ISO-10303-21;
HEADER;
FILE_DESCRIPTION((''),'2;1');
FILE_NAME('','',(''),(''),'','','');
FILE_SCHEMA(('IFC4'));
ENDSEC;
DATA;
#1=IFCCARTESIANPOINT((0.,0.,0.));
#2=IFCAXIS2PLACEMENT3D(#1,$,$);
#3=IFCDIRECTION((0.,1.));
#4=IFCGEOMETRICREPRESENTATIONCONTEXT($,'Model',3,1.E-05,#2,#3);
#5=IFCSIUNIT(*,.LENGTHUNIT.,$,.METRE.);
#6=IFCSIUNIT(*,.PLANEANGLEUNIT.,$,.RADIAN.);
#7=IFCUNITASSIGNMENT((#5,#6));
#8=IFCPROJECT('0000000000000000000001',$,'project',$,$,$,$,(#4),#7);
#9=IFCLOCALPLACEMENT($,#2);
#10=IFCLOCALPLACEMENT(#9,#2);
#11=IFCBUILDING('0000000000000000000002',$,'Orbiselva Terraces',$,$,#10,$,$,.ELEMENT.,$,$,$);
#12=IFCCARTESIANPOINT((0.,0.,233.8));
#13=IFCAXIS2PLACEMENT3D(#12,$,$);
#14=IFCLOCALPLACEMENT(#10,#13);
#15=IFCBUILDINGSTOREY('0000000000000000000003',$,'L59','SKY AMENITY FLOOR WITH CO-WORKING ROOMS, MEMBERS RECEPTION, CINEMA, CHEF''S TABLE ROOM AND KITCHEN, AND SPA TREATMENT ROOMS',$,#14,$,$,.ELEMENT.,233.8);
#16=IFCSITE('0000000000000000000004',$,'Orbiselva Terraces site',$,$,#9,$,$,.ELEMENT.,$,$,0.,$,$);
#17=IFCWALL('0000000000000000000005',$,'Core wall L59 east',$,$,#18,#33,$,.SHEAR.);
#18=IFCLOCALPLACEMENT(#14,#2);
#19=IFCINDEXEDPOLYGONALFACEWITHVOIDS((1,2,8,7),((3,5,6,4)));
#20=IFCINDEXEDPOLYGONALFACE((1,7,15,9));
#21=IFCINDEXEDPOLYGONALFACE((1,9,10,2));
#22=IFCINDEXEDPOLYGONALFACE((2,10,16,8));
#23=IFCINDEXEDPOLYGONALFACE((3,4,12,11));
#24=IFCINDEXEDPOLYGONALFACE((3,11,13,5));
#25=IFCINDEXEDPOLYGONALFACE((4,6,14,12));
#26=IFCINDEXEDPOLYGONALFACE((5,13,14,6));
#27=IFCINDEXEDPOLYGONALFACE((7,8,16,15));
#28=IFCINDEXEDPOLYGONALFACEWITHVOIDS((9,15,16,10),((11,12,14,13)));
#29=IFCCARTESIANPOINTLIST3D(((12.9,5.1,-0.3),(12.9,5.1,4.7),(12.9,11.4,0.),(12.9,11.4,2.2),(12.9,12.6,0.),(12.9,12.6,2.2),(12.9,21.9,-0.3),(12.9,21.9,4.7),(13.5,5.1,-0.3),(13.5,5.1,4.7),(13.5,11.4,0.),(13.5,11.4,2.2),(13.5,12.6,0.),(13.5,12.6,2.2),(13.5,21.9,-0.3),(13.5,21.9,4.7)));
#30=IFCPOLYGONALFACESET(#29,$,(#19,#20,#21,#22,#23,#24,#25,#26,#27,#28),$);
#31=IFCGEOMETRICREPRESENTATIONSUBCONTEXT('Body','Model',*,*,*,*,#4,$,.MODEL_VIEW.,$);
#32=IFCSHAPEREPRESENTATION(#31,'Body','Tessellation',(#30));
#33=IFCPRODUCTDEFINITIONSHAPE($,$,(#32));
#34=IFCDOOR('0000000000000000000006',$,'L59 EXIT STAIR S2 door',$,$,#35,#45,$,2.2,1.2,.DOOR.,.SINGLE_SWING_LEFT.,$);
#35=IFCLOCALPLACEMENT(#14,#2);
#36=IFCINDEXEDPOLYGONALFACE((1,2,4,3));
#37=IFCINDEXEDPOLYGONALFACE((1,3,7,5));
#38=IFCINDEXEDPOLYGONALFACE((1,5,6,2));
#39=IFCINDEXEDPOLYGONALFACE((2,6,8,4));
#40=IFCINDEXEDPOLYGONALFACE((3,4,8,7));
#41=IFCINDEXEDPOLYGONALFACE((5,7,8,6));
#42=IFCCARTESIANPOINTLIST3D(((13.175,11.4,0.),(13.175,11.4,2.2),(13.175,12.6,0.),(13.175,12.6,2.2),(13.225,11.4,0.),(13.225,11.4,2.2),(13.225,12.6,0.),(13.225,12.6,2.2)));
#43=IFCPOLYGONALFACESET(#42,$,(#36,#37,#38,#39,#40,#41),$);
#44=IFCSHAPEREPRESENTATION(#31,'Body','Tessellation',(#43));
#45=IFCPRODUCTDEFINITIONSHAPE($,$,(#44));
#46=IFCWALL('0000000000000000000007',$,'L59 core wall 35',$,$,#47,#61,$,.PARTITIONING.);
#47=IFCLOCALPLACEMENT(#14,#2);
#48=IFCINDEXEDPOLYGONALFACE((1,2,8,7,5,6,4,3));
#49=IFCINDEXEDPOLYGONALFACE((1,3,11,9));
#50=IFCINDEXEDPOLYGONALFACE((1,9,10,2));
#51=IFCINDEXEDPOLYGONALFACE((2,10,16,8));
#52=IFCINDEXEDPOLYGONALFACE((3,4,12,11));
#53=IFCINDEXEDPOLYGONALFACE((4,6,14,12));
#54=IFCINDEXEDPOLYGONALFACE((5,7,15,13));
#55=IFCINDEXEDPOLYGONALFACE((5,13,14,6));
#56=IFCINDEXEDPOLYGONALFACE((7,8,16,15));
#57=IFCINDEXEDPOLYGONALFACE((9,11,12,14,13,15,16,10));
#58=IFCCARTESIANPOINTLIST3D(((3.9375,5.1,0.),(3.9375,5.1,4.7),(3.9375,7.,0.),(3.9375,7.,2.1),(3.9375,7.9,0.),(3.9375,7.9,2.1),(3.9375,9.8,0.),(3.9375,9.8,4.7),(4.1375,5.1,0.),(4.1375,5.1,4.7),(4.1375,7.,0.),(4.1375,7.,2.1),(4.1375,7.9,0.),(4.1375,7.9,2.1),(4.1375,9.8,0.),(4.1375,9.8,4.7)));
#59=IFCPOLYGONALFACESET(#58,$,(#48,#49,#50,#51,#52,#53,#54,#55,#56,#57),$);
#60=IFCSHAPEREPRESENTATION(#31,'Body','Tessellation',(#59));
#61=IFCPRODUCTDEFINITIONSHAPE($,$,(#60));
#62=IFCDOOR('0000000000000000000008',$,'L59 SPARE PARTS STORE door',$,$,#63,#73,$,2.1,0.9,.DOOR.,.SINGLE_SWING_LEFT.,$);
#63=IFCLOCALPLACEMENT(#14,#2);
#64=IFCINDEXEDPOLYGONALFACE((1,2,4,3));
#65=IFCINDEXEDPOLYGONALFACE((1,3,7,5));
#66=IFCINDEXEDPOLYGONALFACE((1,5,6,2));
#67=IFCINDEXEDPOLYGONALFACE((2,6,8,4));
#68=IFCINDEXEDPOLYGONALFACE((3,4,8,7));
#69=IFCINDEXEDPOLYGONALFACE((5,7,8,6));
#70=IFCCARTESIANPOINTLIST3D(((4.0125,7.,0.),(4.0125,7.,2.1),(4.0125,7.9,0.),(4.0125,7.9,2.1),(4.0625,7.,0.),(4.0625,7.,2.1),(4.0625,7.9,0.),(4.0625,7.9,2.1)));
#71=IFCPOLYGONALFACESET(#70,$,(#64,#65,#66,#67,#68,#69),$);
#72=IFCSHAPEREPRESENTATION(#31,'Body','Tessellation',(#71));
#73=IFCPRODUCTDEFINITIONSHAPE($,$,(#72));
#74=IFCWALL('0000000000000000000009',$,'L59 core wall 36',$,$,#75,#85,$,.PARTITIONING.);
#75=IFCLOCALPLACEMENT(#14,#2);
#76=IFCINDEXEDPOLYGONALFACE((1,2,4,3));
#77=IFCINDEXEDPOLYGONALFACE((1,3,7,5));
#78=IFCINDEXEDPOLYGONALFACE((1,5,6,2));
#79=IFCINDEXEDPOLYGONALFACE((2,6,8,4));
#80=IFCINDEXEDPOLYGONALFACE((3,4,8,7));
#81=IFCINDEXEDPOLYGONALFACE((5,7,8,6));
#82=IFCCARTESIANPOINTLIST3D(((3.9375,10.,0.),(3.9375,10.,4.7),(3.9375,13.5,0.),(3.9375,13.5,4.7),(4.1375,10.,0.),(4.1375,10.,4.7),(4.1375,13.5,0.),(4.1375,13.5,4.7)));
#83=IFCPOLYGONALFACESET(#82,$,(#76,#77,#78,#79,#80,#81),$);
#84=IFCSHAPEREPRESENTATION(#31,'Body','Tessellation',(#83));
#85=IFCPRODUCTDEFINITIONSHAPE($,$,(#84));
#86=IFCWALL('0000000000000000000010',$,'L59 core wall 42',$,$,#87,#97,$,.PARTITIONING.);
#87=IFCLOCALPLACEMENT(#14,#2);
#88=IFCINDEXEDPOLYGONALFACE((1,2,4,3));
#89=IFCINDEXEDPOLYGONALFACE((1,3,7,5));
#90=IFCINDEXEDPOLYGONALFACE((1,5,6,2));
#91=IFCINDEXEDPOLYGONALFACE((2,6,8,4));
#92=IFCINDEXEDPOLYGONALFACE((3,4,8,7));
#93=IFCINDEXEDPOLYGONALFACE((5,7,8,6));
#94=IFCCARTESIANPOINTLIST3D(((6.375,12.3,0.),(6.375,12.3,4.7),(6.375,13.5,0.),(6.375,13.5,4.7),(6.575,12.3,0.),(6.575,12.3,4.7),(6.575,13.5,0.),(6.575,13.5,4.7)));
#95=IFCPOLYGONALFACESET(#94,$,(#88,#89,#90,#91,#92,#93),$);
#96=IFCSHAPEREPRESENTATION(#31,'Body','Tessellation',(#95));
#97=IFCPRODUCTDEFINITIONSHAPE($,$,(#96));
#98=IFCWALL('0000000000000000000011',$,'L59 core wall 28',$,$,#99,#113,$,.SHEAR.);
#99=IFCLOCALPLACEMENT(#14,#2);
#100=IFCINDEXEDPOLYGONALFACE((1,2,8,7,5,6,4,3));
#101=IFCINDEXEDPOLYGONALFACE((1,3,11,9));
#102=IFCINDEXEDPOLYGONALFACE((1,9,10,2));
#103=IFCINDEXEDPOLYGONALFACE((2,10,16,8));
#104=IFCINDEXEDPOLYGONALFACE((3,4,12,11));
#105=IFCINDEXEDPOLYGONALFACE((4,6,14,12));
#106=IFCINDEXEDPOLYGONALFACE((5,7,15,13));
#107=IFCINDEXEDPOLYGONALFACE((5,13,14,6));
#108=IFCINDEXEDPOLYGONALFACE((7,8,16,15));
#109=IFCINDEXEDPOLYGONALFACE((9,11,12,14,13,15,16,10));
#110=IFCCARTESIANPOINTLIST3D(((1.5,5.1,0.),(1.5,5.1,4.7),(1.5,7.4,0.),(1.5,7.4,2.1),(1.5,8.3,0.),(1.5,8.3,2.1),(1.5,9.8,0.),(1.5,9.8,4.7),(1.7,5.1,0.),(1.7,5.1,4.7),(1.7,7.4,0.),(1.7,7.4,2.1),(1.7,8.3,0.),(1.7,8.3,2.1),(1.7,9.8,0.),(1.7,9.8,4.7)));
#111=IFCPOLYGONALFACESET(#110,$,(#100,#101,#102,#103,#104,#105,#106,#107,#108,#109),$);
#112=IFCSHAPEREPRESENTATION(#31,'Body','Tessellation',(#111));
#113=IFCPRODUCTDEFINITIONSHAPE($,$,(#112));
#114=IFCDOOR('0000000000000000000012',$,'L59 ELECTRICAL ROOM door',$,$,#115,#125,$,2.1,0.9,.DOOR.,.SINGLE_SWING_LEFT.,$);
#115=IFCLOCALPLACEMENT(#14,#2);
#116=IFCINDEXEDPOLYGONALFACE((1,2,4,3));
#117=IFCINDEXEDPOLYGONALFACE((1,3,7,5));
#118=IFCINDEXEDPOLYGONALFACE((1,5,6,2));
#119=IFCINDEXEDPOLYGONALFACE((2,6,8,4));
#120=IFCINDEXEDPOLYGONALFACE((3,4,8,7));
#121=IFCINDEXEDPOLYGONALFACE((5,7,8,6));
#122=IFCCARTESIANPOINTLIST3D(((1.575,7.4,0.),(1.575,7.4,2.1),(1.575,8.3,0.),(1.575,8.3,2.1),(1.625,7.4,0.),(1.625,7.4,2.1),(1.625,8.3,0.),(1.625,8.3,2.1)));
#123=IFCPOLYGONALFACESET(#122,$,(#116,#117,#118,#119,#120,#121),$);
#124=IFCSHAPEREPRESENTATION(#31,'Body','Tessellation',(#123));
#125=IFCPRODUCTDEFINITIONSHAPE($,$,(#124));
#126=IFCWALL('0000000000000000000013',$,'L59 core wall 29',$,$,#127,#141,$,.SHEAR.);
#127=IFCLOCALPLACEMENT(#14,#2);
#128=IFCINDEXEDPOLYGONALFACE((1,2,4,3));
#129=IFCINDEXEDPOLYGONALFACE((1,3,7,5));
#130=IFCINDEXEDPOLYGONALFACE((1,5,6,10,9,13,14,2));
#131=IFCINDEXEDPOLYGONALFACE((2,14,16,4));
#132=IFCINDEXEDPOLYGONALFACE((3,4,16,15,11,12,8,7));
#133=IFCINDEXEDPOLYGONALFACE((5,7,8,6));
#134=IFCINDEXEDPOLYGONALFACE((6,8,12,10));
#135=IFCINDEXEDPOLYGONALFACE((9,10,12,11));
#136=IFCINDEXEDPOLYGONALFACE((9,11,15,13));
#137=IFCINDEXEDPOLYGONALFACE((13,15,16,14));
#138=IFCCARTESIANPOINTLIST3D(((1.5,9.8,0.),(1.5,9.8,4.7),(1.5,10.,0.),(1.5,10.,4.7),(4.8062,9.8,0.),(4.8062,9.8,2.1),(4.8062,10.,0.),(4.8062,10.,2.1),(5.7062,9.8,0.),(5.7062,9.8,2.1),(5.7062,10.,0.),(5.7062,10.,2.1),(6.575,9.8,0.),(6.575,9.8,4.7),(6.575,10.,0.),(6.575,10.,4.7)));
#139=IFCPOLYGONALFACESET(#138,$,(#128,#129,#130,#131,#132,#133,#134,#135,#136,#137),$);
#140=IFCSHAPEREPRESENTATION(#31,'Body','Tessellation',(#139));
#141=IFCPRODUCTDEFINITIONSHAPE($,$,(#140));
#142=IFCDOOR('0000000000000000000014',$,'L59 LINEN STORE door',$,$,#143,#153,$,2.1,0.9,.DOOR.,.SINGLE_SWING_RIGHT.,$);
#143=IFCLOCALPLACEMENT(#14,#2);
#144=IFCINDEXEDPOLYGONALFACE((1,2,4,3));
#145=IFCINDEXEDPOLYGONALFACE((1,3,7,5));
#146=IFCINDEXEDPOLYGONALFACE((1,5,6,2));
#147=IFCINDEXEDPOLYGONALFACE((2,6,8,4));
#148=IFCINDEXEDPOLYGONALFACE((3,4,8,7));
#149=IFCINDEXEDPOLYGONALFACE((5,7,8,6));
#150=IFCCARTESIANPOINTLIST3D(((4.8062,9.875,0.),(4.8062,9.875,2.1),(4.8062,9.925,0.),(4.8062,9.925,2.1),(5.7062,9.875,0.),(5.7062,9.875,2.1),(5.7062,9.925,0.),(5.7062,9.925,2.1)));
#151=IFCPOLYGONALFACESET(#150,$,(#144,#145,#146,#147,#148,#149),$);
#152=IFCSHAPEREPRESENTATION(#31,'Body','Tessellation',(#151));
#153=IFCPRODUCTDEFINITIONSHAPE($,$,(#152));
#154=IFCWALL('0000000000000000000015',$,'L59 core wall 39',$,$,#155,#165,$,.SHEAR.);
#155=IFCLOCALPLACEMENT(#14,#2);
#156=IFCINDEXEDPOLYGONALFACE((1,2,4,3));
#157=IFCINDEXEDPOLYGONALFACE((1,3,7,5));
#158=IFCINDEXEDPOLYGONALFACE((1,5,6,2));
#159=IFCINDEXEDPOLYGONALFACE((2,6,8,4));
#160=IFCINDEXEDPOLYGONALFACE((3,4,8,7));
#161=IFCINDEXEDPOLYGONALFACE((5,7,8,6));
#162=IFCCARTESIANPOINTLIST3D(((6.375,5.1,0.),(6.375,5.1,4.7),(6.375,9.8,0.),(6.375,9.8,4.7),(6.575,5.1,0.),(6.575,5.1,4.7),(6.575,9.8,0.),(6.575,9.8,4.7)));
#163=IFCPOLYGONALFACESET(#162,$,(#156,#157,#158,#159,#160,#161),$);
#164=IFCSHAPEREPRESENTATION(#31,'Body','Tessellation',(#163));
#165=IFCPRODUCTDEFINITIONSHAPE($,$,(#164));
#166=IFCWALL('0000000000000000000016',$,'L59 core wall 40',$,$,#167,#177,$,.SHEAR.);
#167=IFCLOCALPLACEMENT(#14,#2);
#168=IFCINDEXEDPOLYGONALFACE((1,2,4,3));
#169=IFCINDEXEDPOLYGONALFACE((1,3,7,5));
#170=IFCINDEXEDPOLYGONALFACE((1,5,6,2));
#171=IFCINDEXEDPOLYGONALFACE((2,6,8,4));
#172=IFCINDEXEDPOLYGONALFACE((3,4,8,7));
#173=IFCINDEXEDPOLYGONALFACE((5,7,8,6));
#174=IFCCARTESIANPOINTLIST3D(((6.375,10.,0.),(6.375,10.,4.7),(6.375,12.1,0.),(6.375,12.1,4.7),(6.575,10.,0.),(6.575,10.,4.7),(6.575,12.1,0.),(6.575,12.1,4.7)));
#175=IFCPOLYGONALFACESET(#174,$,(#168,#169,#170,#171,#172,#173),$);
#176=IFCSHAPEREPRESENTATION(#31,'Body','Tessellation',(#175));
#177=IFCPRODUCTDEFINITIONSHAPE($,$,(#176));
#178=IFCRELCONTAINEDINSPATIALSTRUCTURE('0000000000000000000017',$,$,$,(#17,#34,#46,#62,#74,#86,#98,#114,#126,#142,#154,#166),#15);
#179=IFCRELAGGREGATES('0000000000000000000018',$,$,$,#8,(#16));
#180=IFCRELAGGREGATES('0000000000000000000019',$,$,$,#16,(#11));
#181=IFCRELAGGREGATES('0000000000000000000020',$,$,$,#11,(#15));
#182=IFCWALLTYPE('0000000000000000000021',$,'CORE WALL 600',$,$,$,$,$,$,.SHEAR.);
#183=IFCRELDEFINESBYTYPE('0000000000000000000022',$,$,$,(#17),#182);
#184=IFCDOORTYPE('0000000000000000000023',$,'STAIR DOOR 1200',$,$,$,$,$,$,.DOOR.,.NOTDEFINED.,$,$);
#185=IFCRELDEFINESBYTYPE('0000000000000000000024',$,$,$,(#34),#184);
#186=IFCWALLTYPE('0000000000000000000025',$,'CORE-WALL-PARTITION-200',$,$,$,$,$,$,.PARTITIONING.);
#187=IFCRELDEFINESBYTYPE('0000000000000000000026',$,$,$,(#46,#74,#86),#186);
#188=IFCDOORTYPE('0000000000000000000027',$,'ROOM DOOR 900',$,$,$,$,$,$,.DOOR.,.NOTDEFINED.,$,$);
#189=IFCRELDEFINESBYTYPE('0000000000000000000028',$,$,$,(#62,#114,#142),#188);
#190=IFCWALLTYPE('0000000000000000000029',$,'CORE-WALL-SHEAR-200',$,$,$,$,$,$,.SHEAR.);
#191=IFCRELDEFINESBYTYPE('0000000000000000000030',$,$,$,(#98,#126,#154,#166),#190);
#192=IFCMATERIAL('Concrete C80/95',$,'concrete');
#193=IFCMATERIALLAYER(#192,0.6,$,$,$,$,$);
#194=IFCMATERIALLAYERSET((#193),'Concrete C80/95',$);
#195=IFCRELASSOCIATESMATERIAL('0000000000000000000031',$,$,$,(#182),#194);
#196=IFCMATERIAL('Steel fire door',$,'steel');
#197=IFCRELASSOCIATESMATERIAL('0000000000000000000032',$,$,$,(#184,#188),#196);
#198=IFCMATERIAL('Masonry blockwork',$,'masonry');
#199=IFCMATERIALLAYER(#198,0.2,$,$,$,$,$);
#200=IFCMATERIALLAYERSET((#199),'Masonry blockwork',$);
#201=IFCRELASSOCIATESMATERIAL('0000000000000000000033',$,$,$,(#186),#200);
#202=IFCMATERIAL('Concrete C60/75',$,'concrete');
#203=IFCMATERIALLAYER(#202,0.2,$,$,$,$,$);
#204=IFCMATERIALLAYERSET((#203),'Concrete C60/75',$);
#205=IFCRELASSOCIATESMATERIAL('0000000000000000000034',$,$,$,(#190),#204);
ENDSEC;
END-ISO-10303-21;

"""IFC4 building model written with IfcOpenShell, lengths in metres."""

from ifc_helpers import new_model, si_unit, direction, frame, frame_2d, origin, place, context, subcontext, project, spatial, rectangle, extrude, material, layer, layer_set, type_object, element, fill, save


model = new_model("IFC4")

# Units and contexts
model_context = context("Model", 3, precision=1e-05, world=origin(), true_north=direction((0.0, 1.0)))
body_context = subcontext(model_context, "Body", "Model", "MODEL_VIEW")
ifc_project = project(units=[si_unit("LENGTHUNIT", "METRE"), si_unit("PLANEANGLEUNIT", "RADIAN")], contexts=[model_context])

# Site, building, storey
site_placement = place(None, origin())
site = spatial("IfcSite", under=ifc_project, at=site_placement, Name="Orbiselva Terraces site", CompositionType="ELEMENT", RefElevation=0.0)
building_placement = place(site_placement, origin())
building = spatial("IfcBuilding", under=site, at=building_placement, Name="Orbiselva Terraces", CompositionType="ELEMENT")
storey_placement = place(building_placement, frame((0.0, 0.0, 233.8)))
storey = spatial("IfcBuildingStorey", under=building, at=storey_placement, Name="L59", Description="SKY AMENITY FLOOR WITH CO-WORKING ROOMS, MEMBERS RECEPTION, CINEMA, CHEF'S TABLE ROOM AND KITCHEN, AND SPA TREATMENT ROOMS", CompositionType="ELEMENT", Elevation=233.8)

# Walls, openings, doors
ifc_material_1 = material(Name="Concrete C80/95", Category="concrete")
ifc_layer_1 = layer(ifc_material_1, 0.6)
ifc_layer_set_1 = layer_set([ifc_layer_1], Name="Concrete C80/95")
wall_type_1 = type_object("IfcWallType", Name="CORE WALL 600", PredefinedType="SHEAR", material=ifc_layer_set_1)
wall_1_placement = place(storey_placement, frame((13.2, 5.1, -0.3), z_axis=(0.0, 0.0, 1.0), x_axis=(0.0, 1.0, 0.0)))
wall_1 = element("IfcWall", 1, at=wall_1_placement, inside=storey, type_object=wall_type_1, Name="Core wall L59 east", PredefinedType="SHEAR", context=body_context, shape_type="SweptSolid", body=[
    extrude(rectangle(XDim=16.8, YDim=0.6, at=frame_2d((8.4, 0.0))), origin(), (0.0, 0.0, 1.0), 5.0),
])
opening_1_placement = place(wall_1_placement, frame((6.3, 0.0, 0.3)))
opening_1 = element("IfcOpeningElement", 2, at=opening_1_placement, cuts=wall_1, PredefinedType="OPENING", context=body_context, shape_type="SweptSolid", body=[
    extrude(rectangle(XDim=1.2, YDim=2.2, at=frame_2d((0.6, 1.1))), frame((0.0, 0.31, 0.0), z_axis=(0.0, -1.0, 0.0), x_axis=(1.0, 0.0, 0.0)), (0.0, 0.0, 1.0), 0.62),
])
ifc_material_2 = material(Name="Steel fire door", Category="steel")
door_type_1 = type_object("IfcDoorType", Name="STAIR DOOR 1200", OperationType="NOTDEFINED", PredefinedType="DOOR", material=ifc_material_2)
door_1_placement = place(opening_1_placement, frame((1.2, 0.0, 0.0), z_axis=(0.0, 0.0, 1.0), x_axis=(-1.0, 0.0, 0.0)))
door_1 = element("IfcDoor", 3, at=door_1_placement, inside=storey, type_object=door_type_1, Name="L59 EXIT STAIR S2 door", OperationType="SINGLE_SWING_LEFT", OverallHeight=2.2, OverallWidth=1.2, PredefinedType="DOOR", context=body_context, shape_type="SweptSolid", body=[
    extrude(rectangle(XDim=1.2, YDim=2.2, at=frame_2d((0.6, 1.1))), frame((0.0, 0.025, 0.0), z_axis=(0.0, -1.0, 0.0), x_axis=(1.0, 0.0, 0.0)), (0.0, 0.0, 1.0), 0.05),
])
fill(opening_1, door_1)
ifc_material_3 = material(Name="Masonry blockwork", Category="masonry")
ifc_layer_2 = layer(ifc_material_3, 0.2)
ifc_layer_set_2 = layer_set([ifc_layer_2], Name="Masonry blockwork")
wall_type_2 = type_object("IfcWallType", Name="CORE-WALL-PARTITION-200", PredefinedType="PARTITIONING", material=ifc_layer_set_2)
wall_2_placement = place(storey_placement, frame((4.0375, 9.8, 0.0), z_axis=(0.0, 0.0, 1.0), x_axis=(0.0, -1.0, 0.0)))
wall_2 = element("IfcWall", 4, at=wall_2_placement, inside=storey, type_object=wall_type_2, Name="L59 core wall 35", PredefinedType="PARTITIONING", context=body_context, shape_type="SweptSolid", body=[
    extrude(rectangle(XDim=4.7, YDim=0.2, at=frame_2d((2.35, 0.0))), origin(), (0.0, 0.0, 1.0), 4.7),
])
opening_2_placement = place(wall_2_placement, frame((1.9, 0.0, 0.0)))
opening_2 = element("IfcOpeningElement", 5, at=opening_2_placement, cuts=wall_2, PredefinedType="OPENING", context=body_context, shape_type="SweptSolid", body=[
    extrude(rectangle(XDim=0.9, YDim=2.1, at=frame_2d((0.45, 1.05))), frame((0.0, 0.11, 0.0), z_axis=(0.0, -1.0, 0.0), x_axis=(1.0, 0.0, 0.0)), (0.0, 0.0, 1.0), 0.22),
])
door_type_2 = type_object("IfcDoorType", Name="ROOM DOOR 900", OperationType="NOTDEFINED", PredefinedType="DOOR", material=ifc_material_2)
door_2_placement = place(opening_2_placement, origin())
door_2 = element("IfcDoor", 6, at=door_2_placement, inside=storey, type_object=door_type_2, Name="L59 SPARE PARTS STORE door", OperationType="SINGLE_SWING_LEFT", OverallHeight=2.1, OverallWidth=0.9, PredefinedType="DOOR", context=body_context, shape_type="SweptSolid", body=[
    extrude(rectangle(XDim=0.9, YDim=2.1, at=frame_2d((0.45, 1.05))), frame((0.0, 0.025, 0.0), z_axis=(0.0, -1.0, 0.0), x_axis=(1.0, 0.0, 0.0)), (0.0, 0.0, 1.0), 0.05),
])
fill(opening_2, door_2)

# Walls
wall_3_placement = place(storey_placement, frame((4.0375, 10.0, 0.0), z_axis=(0.0, 0.0, 1.0), x_axis=(0.0, 1.0, 0.0)))
element("IfcWall", 7, at=wall_3_placement, inside=storey, type_object=wall_type_2, Name="L59 core wall 36", PredefinedType="PARTITIONING", context=body_context, shape_type="SweptSolid", body=[
    extrude(rectangle(XDim=3.5, YDim=0.2, at=frame_2d((1.75, 0.0))), origin(), (0.0, 0.0, 1.0), 4.7),
])
wall_4_placement = place(storey_placement, frame((6.475, 12.3, 0.0), z_axis=(0.0, 0.0, 1.0), x_axis=(0.0, 1.0, 0.0)))
element("IfcWall", 8, at=wall_4_placement, inside=storey, type_object=wall_type_2, Name="L59 core wall 42", PredefinedType="PARTITIONING", context=body_context, shape_type="SweptSolid", body=[
    extrude(rectangle(XDim=1.2, YDim=0.2, at=frame_2d((0.6, 0.0))), origin(), (0.0, 0.0, 1.0), 4.7),
])

# Walls, openings, doors
ifc_material_4 = material(Name="Concrete C60/75", Category="concrete")
ifc_layer_3 = layer(ifc_material_4, 0.2)
ifc_layer_set_3 = layer_set([ifc_layer_3], Name="Concrete C60/75")
wall_type_3 = type_object("IfcWallType", Name="CORE-WALL-SHEAR-200", PredefinedType="SHEAR", material=ifc_layer_set_3)
wall_5_placement = place(storey_placement, frame((1.6, 9.8, 0.0), z_axis=(0.0, 0.0, 1.0), x_axis=(0.0, -1.0, 0.0)))
wall_5 = element("IfcWall", 9, at=wall_5_placement, inside=storey, type_object=wall_type_3, Name="L59 core wall 28", PredefinedType="SHEAR", context=body_context, shape_type="SweptSolid", body=[
    extrude(rectangle(XDim=4.7, YDim=0.2, at=frame_2d((2.35, 0.0))), origin(), (0.0, 0.0, 1.0), 4.7),
])
opening_3_placement = place(wall_5_placement, frame((1.5, 0.0, 0.0)))
opening_3 = element("IfcOpeningElement", 10, at=opening_3_placement, cuts=wall_5, PredefinedType="OPENING", context=body_context, shape_type="SweptSolid", body=[
    extrude(rectangle(XDim=0.9, YDim=2.1, at=frame_2d((0.45, 1.05))), frame((0.0, 0.11, 0.0), z_axis=(0.0, -1.0, 0.0), x_axis=(1.0, 0.0, 0.0)), (0.0, 0.0, 1.0), 0.22),
])
door_3_placement = place(opening_3_placement, origin())
door_3 = element("IfcDoor", 11, at=door_3_placement, inside=storey, type_object=door_type_2, Name="L59 ELECTRICAL ROOM door", OperationType="SINGLE_SWING_LEFT", OverallHeight=2.1, OverallWidth=0.9, PredefinedType="DOOR", context=body_context, shape_type="SweptSolid", body=[
    extrude(rectangle(XDim=0.9, YDim=2.1, at=frame_2d((0.45, 1.05))), frame((0.0, 0.025, 0.0), z_axis=(0.0, -1.0, 0.0), x_axis=(1.0, 0.0, 0.0)), (0.0, 0.0, 1.0), 0.05),
])
fill(opening_3, door_3)
wall_6_placement = place(storey_placement, frame((1.5, 9.9, 0.0), z_axis=(0.0, 0.0, 1.0), x_axis=(1.0, 0.0, 0.0)))
wall_6 = element("IfcWall", 12, at=wall_6_placement, inside=storey, type_object=wall_type_3, Name="L59 core wall 29", PredefinedType="SHEAR", context=body_context, shape_type="SweptSolid", body=[
    extrude(rectangle(XDim=5.075, YDim=0.2, at=frame_2d((2.5375, 0.0))), origin(), (0.0, 0.0, 1.0), 4.7),
])
opening_4_placement = place(wall_6_placement, frame((3.3062, 0.0, 0.0)))
opening_4 = element("IfcOpeningElement", 13, at=opening_4_placement, cuts=wall_6, PredefinedType="OPENING", context=body_context, shape_type="SweptSolid", body=[
    extrude(rectangle(XDim=0.9, YDim=2.1, at=frame_2d((0.45, 1.05))), frame((0.0, 0.11, 0.0), z_axis=(0.0, -1.0, 0.0), x_axis=(1.0, 0.0, 0.0)), (0.0, 0.0, 1.0), 0.22),
])
door_4_placement = place(opening_4_placement, origin())
door_4 = element("IfcDoor", 14, at=door_4_placement, inside=storey, type_object=door_type_2, Name="L59 LINEN STORE door", OperationType="SINGLE_SWING_RIGHT", OverallHeight=2.1, OverallWidth=0.9, PredefinedType="DOOR", context=body_context, shape_type="SweptSolid", body=[
    extrude(rectangle(XDim=0.9, YDim=2.1, at=frame_2d((0.45, 1.05))), frame((0.0, 0.025, 0.0), z_axis=(0.0, -1.0, 0.0), x_axis=(1.0, 0.0, 0.0)), (0.0, 0.0, 1.0), 0.05),
])
fill(opening_4, door_4)

# Walls
wall_7_placement = place(storey_placement, frame((6.475, 5.1, 0.0), z_axis=(0.0, 0.0, 1.0), x_axis=(0.0, 1.0, 0.0)))
element("IfcWall", 15, at=wall_7_placement, inside=storey, type_object=wall_type_3, Name="L59 core wall 39", PredefinedType="SHEAR", context=body_context, shape_type="SweptSolid", body=[
    extrude(rectangle(XDim=4.7, YDim=0.2, at=frame_2d((2.35, 0.0))), origin(), (0.0, 0.0, 1.0), 4.7),
])
wall_8_placement = place(storey_placement, frame((6.475, 10.0, 0.0), z_axis=(0.0, 0.0, 1.0), x_axis=(0.0, 1.0, 0.0)))
element("IfcWall", 16, at=wall_8_placement, inside=storey, type_object=wall_type_3, Name="L59 core wall 40", PredefinedType="SHEAR", context=body_context, shape_type="SweptSolid", body=[
    extrude(rectangle(XDim=2.1, YDim=0.2, at=frame_2d((1.05, 0.0))), origin(), (0.0, 0.0, 1.0), 4.7),
])

save(model, "model.ifc")
